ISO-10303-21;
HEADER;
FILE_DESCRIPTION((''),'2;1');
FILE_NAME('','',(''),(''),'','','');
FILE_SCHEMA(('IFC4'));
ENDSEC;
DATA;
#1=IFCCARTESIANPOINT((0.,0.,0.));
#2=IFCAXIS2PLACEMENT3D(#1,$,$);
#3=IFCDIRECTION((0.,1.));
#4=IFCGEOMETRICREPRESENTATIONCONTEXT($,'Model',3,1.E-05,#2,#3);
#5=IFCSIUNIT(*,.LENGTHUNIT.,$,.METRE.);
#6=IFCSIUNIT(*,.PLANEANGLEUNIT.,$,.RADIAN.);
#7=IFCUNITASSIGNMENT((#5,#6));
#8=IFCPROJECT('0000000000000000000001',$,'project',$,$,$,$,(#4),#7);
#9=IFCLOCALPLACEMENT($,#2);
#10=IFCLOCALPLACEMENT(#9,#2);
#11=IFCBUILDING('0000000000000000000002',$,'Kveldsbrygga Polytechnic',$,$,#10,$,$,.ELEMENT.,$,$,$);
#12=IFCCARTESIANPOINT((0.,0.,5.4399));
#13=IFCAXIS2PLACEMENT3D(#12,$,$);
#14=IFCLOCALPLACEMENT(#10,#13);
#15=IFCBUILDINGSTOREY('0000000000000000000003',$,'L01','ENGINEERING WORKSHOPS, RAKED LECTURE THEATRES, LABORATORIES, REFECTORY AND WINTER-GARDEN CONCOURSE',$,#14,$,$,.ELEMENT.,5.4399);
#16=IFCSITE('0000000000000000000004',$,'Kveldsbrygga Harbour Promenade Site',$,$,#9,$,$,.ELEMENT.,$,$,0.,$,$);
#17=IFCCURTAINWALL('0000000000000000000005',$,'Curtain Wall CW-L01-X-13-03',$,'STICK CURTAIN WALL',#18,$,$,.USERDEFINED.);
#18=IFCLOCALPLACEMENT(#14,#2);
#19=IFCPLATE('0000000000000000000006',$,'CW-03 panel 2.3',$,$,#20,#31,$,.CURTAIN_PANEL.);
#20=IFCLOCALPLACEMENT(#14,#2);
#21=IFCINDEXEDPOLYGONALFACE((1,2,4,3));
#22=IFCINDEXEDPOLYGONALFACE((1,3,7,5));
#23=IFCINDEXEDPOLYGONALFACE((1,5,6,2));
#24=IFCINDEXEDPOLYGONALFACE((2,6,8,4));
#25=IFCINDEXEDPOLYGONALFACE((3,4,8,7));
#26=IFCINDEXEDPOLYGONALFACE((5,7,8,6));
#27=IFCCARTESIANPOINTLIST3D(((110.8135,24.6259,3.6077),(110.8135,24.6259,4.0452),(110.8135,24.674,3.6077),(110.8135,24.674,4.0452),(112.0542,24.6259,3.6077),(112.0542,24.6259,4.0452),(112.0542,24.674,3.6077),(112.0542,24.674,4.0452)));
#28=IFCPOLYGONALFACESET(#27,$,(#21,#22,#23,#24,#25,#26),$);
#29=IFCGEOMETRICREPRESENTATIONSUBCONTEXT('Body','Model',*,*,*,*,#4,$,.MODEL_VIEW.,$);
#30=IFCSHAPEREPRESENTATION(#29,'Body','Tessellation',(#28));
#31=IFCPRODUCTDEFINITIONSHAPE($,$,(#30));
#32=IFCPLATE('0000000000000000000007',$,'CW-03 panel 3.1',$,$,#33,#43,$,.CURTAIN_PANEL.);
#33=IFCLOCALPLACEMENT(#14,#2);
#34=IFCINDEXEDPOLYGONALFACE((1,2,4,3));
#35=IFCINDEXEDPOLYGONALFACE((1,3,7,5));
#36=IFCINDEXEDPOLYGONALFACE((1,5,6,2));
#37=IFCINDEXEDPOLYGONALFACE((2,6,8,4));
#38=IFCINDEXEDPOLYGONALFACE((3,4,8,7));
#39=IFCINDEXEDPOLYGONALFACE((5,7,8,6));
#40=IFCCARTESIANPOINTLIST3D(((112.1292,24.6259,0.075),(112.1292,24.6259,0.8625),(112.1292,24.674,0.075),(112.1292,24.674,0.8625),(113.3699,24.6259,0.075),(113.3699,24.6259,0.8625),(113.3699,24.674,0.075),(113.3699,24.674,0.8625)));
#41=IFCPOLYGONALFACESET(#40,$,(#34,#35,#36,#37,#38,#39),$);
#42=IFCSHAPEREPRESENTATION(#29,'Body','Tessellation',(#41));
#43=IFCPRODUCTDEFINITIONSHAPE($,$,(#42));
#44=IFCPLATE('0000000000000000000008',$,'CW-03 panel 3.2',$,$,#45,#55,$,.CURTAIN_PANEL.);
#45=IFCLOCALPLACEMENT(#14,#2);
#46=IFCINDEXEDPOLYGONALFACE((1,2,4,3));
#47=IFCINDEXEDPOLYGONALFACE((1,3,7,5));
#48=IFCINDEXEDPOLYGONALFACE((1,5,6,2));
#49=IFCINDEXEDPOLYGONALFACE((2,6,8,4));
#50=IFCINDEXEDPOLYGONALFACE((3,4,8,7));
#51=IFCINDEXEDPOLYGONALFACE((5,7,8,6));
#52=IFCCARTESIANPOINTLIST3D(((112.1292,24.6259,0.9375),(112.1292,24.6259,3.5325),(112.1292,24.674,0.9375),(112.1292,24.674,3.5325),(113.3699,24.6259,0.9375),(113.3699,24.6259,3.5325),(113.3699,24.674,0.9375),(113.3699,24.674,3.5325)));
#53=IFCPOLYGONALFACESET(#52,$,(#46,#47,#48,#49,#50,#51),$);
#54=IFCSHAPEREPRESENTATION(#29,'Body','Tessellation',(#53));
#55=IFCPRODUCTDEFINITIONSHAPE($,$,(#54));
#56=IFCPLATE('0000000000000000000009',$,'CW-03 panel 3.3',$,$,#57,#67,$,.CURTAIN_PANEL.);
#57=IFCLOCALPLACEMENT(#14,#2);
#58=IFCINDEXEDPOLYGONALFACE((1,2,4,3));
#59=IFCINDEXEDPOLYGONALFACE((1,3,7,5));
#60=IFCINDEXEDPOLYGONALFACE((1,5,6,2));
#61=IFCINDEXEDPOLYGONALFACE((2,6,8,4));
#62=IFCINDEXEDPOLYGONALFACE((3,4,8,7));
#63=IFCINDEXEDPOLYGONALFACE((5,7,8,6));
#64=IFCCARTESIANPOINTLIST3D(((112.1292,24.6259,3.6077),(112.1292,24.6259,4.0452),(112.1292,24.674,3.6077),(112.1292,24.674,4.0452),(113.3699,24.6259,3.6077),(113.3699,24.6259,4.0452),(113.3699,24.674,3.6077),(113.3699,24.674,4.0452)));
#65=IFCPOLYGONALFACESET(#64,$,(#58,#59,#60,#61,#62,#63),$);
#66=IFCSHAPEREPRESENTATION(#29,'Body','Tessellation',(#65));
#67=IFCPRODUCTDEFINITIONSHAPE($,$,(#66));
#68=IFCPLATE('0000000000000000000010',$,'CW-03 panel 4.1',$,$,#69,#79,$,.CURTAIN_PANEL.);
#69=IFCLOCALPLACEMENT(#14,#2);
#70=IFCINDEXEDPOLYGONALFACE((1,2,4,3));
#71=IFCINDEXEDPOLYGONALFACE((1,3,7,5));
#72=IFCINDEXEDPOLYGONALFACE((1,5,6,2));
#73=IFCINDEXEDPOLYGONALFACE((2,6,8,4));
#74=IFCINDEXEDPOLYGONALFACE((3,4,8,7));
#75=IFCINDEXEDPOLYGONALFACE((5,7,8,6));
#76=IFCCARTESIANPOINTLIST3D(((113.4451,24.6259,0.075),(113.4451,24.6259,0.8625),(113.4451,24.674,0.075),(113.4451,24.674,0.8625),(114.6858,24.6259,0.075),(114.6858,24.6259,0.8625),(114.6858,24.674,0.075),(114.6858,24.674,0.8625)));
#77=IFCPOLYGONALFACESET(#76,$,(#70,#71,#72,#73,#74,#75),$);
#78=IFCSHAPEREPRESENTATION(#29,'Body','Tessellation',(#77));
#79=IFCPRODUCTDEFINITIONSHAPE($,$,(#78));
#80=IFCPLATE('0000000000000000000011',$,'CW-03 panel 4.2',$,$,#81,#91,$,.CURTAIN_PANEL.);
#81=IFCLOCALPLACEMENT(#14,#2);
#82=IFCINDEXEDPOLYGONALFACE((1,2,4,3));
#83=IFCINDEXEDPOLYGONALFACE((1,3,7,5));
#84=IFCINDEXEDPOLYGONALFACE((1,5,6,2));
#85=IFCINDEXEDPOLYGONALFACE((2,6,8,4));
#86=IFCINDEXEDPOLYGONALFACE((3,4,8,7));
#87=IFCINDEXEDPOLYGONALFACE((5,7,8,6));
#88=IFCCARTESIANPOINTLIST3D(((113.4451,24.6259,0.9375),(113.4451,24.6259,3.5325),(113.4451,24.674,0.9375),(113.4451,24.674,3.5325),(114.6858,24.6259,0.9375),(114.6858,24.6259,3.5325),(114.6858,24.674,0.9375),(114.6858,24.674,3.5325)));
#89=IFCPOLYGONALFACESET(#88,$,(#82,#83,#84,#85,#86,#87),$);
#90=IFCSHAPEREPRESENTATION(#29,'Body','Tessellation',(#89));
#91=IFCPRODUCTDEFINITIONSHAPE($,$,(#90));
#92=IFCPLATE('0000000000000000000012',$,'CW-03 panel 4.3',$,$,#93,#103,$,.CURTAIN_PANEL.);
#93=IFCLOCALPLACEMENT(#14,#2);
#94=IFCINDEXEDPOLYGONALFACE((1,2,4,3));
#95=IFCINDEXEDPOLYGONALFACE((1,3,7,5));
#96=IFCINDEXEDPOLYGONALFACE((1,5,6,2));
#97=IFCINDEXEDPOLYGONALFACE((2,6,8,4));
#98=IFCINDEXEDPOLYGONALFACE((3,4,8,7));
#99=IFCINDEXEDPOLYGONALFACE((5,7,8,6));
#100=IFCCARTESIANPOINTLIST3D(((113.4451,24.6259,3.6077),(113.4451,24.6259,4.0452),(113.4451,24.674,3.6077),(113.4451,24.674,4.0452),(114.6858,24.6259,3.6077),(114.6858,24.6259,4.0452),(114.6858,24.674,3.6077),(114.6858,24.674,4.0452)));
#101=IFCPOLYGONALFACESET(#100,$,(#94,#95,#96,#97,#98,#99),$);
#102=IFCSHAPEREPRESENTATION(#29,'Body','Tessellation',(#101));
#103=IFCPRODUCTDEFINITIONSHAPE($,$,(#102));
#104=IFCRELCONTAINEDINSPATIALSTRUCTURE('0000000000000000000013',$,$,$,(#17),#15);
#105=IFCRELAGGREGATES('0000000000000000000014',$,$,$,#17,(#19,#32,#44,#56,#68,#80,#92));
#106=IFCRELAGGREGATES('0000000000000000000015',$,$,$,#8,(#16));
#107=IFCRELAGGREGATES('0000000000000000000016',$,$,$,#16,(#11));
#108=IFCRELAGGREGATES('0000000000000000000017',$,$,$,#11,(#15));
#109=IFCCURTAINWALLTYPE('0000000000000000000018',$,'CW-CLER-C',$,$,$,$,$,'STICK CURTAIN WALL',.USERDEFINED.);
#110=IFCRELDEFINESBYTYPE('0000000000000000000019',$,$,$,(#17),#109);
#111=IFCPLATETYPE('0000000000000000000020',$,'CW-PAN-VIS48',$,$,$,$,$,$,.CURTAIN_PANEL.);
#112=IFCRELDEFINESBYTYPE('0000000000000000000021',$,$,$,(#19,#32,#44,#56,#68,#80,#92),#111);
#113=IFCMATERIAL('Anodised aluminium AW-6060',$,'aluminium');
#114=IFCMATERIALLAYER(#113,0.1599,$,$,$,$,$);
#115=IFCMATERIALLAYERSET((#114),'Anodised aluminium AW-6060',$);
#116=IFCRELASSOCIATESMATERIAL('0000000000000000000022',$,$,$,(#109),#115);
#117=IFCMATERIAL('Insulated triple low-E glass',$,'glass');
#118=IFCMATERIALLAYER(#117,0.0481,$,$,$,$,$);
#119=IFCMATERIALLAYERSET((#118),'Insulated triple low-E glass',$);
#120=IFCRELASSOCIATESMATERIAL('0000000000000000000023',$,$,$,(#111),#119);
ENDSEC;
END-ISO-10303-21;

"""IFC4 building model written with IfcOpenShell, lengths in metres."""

from ifc_helpers import new_model, si_unit, direction, frame, origin, origin_2d, place, context, subcontext, project, spatial, rectangle, extrude, material, layer, layer_set, type_object, element, aggregate, save


model = new_model("IFC4")

# Units and contexts
model_context = context("Model", 3, precision=1e-05, world=origin(), true_north=direction((0.0, 1.0)))
body_context = subcontext(model_context, "Body", "Model", "MODEL_VIEW")
ifc_project = project(units=[si_unit("LENGTHUNIT", "METRE"), si_unit("PLANEANGLEUNIT", "RADIAN")], contexts=[model_context])

# Site, building, storey
site_placement = place(None, origin())
site = spatial("IfcSite", under=ifc_project, at=site_placement, Name="Kveldsbrygga Harbour Promenade Site", CompositionType="ELEMENT", RefElevation=0.0)
building_placement = place(site_placement, origin())
building = spatial("IfcBuilding", under=site, at=building_placement, Name="Kveldsbrygga Polytechnic", CompositionType="ELEMENT")
storey_placement = place(building_placement, frame((0.0, 0.0, 5.4399)))
storey = spatial("IfcBuildingStorey", under=building, at=storey_placement, Name="L01", Description="ENGINEERING WORKSHOPS, RAKED LECTURE THEATRES, LABORATORIES, REFECTORY AND WINTER-GARDEN CONCOURSE", CompositionType="ELEMENT", Elevation=5.4399)

# Curtain wall, plates
ifc_material_1 = material(Name="Anodised aluminium AW-6060", Category="aluminium")
ifc_layer_1 = layer(ifc_material_1, 0.1599)
ifc_layer_set_1 = layer_set([ifc_layer_1], Name="Anodised aluminium AW-6060")
curtain_wall_type = type_object("IfcCurtainWallType", Name="CW-CLER-C", ElementType="STICK CURTAIN WALL", PredefinedType="USERDEFINED", material=ifc_layer_set_1)
curtain_wall_placement = place(storey_placement, origin())
curtain_wall = element("IfcCurtainWall", 1, at=curtain_wall_placement, inside=storey, type_object=curtain_wall_type, Name="Curtain Wall CW-L01-X-13-03", ObjectType="STICK CURTAIN WALL", PredefinedType="USERDEFINED")
ifc_material_2 = material(Name="Insulated triple low-E glass", Category="glass")
ifc_layer_2 = layer(ifc_material_2, 0.0481)
ifc_layer_set_2 = layer_set([ifc_layer_2], Name="Insulated triple low-E glass")
plate_type = type_object("IfcPlateType", Name="CW-PAN-VIS48", PredefinedType="CURTAIN_PANEL", material=ifc_layer_set_2)
plate_1_placement = place(storey_placement, frame((111.4338, 24.6499, 3.6077), z_axis=(0.0, 0.0, 1.0), x_axis=(1.0, 0.0, 0.0)))
plate_1 = element("IfcPlate", 2, at=plate_1_placement, type_object=plate_type, Name="CW-03 panel 2.3", PredefinedType="CURTAIN_PANEL", context=body_context, shape_type="SweptSolid", body=[
    extrude(rectangle(XDim=1.2407, YDim=0.0481, at=origin_2d()), origin(), (0.0, 0.0, 1.0), 0.4375),
])
plate_2_placement = place(storey_placement, frame((112.7495, 24.6499, 0.075), z_axis=(0.0, 0.0, 1.0), x_axis=(1.0, 0.0, 0.0)))
plate_2 = element("IfcPlate", 3, at=plate_2_placement, type_object=plate_type, Name="CW-03 panel 3.1", PredefinedType="CURTAIN_PANEL", context=body_context, shape_type="SweptSolid", body=[
    extrude(rectangle(XDim=1.2407, YDim=0.0481, at=origin_2d()), origin(), (0.0, 0.0, 1.0), 0.7876),
])
plate_3_placement = place(storey_placement, frame((112.7495, 24.6499, 0.9375), z_axis=(0.0, 0.0, 1.0), x_axis=(1.0, 0.0, 0.0)))
plate_3 = element("IfcPlate", 4, at=plate_3_placement, type_object=plate_type, Name="CW-03 panel 3.2", PredefinedType="CURTAIN_PANEL", context=body_context, shape_type="SweptSolid", body=[
    extrude(rectangle(XDim=1.2407, YDim=0.0481, at=origin_2d()), origin(), (0.0, 0.0, 1.0), 2.595),
])
plate_4_placement = place(storey_placement, frame((112.7495, 24.6499, 3.6077), z_axis=(0.0, 0.0, 1.0), x_axis=(1.0, 0.0, 0.0)))
plate_4 = element("IfcPlate", 5, at=plate_4_placement, type_object=plate_type, Name="CW-03 panel 3.3", PredefinedType="CURTAIN_PANEL", context=body_context, shape_type="SweptSolid", body=[
    extrude(rectangle(XDim=1.2407, YDim=0.0481, at=origin_2d()), origin(), (0.0, 0.0, 1.0), 0.4375),
])
plate_5_placement = place(storey_placement, frame((114.0654, 24.6499, 0.075), z_axis=(0.0, 0.0, 1.0), x_axis=(1.0, 0.0, 0.0)))
plate_5 = element("IfcPlate", 6, at=plate_5_placement, type_object=plate_type, Name="CW-03 panel 4.1", PredefinedType="CURTAIN_PANEL", context=body_context, shape_type="SweptSolid", body=[
    extrude(rectangle(XDim=1.2407, YDim=0.0481, at=origin_2d()), origin(), (0.0, 0.0, 1.0), 0.7876),
])
plate_6_placement = place(storey_placement, frame((114.0654, 24.6499, 0.9375), z_axis=(0.0, 0.0, 1.0), x_axis=(1.0, 0.0, 0.0)))
plate_6 = element("IfcPlate", 7, at=plate_6_placement, type_object=plate_type, Name="CW-03 panel 4.2", PredefinedType="CURTAIN_PANEL", context=body_context, shape_type="SweptSolid", body=[
    extrude(rectangle(XDim=1.2407, YDim=0.0481, at=origin_2d()), origin(), (0.0, 0.0, 1.0), 2.595),
])
plate_7_placement = place(storey_placement, frame((114.0654, 24.6499, 3.6077), z_axis=(0.0, 0.0, 1.0), x_axis=(1.0, 0.0, 0.0)))
plate_7 = element("IfcPlate", 8, at=plate_7_placement, type_object=plate_type, Name="CW-03 panel 4.3", PredefinedType="CURTAIN_PANEL", context=body_context, shape_type="SweptSolid", body=[
    extrude(rectangle(XDim=1.2407, YDim=0.0481, at=origin_2d()), origin(), (0.0, 0.0, 1.0), 0.4375),
])
aggregate(curtain_wall, [plate_1, plate_2, plate_3, plate_4, plate_5, plate_6, plate_7])

save(model, "model.ifc")
